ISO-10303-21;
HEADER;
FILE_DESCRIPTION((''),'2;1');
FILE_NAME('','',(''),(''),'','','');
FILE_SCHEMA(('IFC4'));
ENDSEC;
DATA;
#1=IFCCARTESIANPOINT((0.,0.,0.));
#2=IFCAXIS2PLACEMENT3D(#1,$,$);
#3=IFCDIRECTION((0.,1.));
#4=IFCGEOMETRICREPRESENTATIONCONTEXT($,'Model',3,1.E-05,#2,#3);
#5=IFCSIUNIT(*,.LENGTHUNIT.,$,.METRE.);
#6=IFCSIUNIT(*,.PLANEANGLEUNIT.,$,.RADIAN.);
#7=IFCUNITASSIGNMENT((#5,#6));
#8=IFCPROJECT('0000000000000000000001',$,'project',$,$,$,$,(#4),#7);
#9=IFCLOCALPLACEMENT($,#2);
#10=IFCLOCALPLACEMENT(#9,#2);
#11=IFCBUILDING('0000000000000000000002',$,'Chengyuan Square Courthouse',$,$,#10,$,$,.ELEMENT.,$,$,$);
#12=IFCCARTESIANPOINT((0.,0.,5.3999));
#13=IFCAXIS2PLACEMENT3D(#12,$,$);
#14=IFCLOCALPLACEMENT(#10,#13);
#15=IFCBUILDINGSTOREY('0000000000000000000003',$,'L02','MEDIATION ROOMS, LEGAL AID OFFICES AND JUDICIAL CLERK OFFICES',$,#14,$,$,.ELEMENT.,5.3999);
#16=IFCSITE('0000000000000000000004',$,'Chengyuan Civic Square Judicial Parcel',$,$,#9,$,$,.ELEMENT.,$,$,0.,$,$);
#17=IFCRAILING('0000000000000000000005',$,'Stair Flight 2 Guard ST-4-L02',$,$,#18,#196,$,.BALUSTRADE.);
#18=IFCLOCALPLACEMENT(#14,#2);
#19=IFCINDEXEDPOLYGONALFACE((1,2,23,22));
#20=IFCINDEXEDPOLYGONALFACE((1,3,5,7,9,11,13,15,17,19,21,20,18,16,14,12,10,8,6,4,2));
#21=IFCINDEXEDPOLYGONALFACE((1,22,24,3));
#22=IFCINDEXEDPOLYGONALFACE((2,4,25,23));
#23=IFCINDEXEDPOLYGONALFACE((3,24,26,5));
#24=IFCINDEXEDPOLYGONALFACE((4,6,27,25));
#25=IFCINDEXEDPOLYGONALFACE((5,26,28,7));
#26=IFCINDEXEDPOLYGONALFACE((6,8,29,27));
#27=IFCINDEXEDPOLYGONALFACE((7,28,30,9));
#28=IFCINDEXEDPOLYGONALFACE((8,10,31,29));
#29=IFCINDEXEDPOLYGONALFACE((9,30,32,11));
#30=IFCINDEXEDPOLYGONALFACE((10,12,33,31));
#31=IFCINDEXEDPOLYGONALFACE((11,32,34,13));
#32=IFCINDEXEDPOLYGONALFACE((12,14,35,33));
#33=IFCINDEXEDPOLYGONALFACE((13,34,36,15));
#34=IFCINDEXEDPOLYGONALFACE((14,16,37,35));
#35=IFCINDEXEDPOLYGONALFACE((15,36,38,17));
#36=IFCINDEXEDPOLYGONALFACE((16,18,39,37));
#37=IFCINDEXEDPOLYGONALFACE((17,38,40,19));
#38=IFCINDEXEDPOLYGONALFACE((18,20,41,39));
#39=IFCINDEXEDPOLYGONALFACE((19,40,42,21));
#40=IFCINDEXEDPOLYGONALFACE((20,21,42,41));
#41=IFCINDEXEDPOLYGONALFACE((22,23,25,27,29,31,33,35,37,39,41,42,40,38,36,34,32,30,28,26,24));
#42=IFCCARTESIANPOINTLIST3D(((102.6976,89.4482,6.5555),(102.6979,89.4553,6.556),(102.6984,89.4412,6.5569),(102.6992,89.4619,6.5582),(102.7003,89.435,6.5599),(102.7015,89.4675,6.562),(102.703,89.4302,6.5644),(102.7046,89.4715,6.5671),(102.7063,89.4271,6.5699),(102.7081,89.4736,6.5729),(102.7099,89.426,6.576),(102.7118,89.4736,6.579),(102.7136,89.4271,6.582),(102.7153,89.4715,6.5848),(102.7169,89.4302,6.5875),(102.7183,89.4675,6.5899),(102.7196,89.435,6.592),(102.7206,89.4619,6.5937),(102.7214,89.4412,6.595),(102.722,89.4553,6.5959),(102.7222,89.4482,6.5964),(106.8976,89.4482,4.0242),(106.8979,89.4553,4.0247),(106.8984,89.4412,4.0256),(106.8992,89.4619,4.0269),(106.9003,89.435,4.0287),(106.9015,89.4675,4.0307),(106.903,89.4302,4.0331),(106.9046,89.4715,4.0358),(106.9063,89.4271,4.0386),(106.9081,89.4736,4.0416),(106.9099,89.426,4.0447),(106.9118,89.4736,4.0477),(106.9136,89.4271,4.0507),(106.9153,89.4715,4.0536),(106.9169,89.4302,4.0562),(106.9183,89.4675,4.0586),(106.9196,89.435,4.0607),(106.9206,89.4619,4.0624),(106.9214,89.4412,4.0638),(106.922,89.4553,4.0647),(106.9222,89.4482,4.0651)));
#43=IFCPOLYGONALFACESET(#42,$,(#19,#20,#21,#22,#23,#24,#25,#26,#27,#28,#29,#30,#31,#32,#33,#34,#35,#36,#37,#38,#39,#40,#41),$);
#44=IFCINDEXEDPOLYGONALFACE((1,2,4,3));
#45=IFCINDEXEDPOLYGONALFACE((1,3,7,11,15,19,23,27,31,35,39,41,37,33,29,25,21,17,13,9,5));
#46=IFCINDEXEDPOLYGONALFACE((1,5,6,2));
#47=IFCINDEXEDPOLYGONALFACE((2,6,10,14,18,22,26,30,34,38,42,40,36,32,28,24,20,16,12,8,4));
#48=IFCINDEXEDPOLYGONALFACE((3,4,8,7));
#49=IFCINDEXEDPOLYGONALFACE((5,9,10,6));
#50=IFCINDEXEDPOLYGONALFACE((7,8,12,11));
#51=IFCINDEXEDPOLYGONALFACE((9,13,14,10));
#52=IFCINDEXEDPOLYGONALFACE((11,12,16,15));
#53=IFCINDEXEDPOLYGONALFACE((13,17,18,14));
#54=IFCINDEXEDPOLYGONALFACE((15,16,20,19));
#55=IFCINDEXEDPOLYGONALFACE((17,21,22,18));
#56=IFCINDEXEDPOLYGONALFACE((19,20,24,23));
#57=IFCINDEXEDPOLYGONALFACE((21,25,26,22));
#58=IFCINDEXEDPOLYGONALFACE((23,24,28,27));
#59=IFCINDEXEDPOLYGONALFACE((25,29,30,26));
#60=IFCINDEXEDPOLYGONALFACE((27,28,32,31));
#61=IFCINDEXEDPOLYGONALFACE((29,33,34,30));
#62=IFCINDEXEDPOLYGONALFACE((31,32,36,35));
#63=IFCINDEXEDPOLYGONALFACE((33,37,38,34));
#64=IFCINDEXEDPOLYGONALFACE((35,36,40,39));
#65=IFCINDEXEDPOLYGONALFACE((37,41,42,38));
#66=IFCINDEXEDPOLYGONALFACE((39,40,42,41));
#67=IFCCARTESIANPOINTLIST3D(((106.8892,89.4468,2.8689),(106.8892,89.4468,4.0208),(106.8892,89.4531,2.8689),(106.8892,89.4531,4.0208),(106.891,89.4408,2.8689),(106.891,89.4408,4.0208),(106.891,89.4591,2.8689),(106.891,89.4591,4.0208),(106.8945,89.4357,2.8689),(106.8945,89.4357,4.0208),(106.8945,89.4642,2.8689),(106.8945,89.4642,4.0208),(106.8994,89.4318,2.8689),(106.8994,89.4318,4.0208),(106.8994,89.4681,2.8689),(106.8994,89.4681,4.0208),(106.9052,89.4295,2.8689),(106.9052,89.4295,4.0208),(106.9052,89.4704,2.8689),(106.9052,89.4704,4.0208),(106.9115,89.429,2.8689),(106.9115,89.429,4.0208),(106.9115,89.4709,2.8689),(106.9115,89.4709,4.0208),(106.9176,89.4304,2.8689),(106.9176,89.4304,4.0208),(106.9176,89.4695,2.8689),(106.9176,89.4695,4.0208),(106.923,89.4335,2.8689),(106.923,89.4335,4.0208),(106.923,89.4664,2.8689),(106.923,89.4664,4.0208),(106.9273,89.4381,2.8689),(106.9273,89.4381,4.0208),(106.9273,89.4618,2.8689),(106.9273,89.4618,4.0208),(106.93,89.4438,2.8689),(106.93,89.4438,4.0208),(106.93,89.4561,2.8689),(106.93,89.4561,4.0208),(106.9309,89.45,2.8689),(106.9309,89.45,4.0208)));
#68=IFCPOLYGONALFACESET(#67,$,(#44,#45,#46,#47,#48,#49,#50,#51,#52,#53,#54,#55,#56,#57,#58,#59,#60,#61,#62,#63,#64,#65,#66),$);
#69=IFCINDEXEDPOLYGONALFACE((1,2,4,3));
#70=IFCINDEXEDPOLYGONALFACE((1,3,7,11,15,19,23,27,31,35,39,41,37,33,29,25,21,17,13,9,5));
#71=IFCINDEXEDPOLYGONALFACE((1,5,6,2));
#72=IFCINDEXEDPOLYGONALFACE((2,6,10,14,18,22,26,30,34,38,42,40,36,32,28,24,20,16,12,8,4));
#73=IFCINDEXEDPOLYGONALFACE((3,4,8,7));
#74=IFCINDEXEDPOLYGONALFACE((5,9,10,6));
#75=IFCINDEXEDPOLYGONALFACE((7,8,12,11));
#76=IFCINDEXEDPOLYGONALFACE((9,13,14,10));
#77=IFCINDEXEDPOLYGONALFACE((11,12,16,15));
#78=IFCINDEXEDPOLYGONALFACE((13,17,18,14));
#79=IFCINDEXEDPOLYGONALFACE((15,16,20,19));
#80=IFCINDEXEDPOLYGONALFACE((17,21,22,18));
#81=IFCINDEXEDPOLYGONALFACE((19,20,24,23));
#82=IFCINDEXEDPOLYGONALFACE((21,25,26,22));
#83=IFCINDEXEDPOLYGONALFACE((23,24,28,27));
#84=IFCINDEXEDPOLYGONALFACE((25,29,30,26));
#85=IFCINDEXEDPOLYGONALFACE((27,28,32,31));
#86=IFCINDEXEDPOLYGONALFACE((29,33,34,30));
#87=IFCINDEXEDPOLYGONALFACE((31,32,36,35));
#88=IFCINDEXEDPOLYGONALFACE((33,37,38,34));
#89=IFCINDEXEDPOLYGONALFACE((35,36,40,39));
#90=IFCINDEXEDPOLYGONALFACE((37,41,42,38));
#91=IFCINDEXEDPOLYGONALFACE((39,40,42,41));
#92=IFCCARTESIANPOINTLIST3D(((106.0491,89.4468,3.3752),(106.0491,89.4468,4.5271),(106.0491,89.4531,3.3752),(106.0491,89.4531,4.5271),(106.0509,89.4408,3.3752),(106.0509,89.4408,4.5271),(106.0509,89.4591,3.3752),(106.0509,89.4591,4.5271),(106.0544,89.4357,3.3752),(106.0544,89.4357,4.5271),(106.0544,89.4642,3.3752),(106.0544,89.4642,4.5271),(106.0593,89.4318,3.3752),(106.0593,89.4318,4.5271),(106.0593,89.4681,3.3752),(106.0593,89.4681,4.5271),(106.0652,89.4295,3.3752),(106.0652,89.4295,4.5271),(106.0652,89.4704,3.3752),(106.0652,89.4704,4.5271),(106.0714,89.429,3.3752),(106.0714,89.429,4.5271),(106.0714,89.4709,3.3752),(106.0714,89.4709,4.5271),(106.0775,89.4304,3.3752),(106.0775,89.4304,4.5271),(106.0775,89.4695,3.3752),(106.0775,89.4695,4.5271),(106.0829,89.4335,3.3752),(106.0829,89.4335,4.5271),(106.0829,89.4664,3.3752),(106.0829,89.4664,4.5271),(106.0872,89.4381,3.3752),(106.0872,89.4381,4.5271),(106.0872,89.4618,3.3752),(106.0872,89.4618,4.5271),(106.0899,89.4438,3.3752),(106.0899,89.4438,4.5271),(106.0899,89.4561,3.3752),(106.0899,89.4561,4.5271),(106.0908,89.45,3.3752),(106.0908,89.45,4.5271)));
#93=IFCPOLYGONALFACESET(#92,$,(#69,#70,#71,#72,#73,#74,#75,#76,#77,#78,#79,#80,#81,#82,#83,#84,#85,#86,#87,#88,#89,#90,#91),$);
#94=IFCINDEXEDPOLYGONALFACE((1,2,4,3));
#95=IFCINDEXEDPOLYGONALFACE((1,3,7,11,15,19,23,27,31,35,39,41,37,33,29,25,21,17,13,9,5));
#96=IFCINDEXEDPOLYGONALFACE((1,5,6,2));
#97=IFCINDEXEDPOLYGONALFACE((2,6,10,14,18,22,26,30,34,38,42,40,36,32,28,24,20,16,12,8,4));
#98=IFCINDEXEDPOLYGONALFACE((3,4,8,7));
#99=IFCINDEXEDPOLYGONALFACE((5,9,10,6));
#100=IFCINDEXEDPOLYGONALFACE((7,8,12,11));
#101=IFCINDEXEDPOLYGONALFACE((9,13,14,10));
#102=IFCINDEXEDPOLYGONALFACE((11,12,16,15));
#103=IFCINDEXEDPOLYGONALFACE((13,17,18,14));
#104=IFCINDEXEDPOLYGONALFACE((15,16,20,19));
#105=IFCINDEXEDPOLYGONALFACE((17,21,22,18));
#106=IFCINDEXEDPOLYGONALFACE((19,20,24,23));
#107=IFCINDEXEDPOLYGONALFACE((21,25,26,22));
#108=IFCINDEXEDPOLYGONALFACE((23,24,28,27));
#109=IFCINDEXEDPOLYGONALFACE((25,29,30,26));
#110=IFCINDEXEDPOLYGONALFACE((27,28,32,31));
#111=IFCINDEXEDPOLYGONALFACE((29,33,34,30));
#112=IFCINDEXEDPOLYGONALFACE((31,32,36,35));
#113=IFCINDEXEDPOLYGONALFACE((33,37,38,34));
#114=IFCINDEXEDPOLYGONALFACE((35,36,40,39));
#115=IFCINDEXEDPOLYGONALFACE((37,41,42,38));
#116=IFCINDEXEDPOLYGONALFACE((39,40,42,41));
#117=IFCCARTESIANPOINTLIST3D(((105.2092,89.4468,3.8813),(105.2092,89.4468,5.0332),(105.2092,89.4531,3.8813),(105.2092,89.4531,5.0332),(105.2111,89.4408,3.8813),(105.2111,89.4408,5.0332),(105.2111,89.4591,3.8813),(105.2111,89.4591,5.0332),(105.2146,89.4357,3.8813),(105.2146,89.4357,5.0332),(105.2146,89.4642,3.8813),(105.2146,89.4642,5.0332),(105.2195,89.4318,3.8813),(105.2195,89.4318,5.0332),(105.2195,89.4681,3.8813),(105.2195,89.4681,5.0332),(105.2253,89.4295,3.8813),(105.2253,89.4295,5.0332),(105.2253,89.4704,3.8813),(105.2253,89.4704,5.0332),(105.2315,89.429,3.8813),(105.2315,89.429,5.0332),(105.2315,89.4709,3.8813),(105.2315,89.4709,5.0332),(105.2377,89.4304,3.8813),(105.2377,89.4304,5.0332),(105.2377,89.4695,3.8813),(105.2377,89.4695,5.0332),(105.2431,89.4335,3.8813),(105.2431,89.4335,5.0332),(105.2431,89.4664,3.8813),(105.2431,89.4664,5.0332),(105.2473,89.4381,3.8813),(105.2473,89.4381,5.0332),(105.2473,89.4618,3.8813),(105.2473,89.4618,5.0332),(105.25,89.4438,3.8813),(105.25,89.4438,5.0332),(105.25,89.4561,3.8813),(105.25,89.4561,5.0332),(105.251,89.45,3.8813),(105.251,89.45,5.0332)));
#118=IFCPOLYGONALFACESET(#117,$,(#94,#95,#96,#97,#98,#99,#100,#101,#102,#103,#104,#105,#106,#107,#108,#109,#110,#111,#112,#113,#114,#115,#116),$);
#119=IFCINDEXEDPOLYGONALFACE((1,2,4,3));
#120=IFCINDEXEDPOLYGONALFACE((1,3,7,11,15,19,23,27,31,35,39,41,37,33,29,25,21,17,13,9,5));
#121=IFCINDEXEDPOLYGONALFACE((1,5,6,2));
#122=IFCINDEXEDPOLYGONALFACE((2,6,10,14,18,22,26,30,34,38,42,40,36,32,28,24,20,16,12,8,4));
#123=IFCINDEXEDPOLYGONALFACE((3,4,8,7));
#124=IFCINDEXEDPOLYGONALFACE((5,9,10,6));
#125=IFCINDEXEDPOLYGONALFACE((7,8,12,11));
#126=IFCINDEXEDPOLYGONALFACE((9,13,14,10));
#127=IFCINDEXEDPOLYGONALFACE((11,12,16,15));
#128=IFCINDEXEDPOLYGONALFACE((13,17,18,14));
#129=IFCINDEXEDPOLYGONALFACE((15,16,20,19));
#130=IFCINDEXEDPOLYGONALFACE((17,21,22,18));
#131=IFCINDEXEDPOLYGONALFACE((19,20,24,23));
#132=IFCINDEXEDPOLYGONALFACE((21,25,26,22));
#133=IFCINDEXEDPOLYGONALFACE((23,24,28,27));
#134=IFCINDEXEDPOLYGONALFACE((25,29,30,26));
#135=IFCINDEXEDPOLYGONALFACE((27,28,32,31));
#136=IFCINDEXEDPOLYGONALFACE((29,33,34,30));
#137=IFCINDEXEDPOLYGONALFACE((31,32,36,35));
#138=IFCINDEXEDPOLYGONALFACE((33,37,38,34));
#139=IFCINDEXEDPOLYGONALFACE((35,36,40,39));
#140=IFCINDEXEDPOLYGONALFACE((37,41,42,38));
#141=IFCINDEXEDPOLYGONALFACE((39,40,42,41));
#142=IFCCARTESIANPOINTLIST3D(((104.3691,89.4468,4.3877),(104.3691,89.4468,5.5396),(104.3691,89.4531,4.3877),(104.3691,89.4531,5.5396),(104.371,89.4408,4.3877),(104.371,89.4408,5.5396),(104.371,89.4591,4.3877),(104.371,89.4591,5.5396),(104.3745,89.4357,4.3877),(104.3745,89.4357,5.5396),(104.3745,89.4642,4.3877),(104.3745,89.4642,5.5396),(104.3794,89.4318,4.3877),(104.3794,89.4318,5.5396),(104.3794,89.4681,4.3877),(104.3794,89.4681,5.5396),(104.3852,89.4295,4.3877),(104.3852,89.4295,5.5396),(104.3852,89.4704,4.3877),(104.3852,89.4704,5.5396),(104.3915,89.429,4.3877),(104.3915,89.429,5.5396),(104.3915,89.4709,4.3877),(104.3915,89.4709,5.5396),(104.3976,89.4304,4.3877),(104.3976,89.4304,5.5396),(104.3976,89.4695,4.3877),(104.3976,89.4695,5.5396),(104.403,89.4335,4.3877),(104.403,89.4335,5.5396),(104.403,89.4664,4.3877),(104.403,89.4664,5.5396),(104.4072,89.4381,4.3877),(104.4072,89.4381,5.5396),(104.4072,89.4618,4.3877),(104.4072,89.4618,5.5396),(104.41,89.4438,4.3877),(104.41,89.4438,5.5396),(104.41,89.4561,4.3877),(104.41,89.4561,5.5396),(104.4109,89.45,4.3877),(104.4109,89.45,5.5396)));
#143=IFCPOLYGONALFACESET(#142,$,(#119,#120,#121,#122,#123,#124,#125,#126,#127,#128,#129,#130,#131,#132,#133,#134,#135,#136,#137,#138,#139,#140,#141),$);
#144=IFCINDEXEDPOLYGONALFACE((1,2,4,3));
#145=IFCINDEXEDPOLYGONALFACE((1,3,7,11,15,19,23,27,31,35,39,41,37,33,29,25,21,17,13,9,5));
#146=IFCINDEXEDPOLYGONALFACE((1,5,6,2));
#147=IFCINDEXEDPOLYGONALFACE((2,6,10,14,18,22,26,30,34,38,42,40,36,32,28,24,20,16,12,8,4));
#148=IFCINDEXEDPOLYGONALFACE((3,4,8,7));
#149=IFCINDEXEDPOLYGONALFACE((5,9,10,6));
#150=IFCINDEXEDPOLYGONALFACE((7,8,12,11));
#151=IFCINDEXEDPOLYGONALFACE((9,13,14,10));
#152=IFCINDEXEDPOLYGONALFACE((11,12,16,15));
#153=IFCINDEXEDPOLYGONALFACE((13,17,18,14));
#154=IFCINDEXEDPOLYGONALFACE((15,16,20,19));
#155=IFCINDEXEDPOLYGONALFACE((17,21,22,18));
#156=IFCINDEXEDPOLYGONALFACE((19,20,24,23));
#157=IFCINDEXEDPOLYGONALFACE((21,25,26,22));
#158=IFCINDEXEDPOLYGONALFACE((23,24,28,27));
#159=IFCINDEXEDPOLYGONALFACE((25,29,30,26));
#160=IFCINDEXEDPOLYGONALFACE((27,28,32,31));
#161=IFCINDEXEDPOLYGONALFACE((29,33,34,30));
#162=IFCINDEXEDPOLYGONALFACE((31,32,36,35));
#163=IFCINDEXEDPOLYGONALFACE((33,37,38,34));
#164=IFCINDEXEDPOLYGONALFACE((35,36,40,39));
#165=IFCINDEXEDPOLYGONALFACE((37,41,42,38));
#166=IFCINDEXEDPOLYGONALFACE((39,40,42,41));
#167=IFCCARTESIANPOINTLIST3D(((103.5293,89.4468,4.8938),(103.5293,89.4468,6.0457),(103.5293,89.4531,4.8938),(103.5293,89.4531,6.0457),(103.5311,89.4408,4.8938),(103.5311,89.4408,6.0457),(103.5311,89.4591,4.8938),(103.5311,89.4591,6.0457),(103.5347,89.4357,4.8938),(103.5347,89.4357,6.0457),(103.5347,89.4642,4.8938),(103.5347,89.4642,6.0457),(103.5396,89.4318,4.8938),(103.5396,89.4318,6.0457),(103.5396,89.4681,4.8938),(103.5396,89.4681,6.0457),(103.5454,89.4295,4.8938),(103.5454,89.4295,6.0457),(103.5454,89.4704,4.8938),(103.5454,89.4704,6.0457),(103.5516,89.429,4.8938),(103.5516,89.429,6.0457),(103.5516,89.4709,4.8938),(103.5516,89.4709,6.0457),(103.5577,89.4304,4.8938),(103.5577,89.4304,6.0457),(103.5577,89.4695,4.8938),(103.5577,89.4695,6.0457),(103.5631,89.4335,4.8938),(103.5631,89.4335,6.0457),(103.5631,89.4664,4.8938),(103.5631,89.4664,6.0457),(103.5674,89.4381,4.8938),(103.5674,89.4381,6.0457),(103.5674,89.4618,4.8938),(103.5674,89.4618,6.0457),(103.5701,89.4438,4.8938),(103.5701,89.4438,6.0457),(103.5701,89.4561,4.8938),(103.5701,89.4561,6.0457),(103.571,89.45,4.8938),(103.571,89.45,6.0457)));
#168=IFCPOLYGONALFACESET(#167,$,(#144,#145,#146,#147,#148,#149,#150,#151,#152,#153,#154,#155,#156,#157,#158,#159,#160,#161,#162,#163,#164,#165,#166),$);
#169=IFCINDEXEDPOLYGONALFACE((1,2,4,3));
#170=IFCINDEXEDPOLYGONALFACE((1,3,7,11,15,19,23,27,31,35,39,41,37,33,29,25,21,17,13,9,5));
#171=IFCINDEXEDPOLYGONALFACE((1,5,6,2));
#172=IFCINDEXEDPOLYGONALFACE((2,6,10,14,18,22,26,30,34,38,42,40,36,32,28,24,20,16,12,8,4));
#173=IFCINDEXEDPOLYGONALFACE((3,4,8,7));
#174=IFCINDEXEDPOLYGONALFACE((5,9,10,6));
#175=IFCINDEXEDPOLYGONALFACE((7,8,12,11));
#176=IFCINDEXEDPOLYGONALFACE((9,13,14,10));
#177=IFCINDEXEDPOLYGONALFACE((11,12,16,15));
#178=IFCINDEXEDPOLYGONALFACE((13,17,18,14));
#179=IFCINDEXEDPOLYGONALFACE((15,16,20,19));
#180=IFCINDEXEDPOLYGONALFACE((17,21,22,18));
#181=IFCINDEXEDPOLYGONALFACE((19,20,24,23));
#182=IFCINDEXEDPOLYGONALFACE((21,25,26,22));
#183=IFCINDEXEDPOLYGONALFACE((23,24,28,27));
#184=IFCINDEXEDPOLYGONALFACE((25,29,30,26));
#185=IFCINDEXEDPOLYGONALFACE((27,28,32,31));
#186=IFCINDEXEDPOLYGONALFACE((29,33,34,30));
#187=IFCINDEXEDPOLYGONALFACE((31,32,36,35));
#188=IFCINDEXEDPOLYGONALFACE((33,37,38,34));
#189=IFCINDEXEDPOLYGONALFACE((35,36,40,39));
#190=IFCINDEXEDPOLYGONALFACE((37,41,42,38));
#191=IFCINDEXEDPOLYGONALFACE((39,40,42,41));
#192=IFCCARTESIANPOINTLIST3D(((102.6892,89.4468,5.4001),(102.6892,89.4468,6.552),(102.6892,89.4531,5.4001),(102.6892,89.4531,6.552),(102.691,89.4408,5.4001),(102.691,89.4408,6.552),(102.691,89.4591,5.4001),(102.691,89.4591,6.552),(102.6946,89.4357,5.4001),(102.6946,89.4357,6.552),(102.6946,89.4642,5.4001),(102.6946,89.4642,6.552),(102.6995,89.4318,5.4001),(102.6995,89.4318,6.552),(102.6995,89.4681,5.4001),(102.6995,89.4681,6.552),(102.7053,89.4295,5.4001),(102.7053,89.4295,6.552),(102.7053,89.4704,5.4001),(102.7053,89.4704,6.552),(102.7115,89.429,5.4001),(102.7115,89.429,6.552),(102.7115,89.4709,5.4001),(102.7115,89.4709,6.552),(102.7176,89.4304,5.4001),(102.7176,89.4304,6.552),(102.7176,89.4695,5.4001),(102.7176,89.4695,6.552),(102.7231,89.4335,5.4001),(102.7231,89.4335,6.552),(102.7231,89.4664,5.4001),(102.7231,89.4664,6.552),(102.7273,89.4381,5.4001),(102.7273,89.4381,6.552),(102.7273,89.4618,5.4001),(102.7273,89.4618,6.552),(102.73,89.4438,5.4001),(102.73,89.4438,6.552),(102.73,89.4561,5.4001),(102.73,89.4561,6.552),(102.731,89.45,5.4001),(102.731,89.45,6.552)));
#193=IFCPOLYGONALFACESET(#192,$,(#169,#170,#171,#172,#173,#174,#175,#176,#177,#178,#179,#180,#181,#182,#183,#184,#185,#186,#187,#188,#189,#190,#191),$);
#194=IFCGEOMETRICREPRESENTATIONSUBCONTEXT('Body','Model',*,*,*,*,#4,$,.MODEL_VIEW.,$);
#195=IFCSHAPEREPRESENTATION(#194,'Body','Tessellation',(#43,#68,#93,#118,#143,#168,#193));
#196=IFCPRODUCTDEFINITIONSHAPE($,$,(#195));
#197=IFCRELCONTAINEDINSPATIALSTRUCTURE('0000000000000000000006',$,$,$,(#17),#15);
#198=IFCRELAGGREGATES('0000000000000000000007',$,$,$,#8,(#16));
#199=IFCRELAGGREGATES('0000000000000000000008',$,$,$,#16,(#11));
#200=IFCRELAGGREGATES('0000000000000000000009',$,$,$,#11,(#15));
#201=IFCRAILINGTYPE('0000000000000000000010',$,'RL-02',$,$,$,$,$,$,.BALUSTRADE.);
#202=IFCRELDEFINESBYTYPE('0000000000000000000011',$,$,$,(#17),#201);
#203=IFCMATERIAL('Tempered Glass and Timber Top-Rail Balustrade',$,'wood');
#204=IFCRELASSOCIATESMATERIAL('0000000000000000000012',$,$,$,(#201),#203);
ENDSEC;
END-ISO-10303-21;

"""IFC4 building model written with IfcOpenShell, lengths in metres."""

from ifc_helpers import new_model, si_unit, direction, frame, origin, origin_2d, place, context, subcontext, project, spatial, circle, extrude, material, type_object, element, save


model = new_model("IFC4")

# Units and contexts
model_context = context("Model", 3, precision=1e-05, world=origin(), true_north=direction((0.0, 1.0)))
body_context = subcontext(model_context, "Body", "Model", "MODEL_VIEW")
ifc_project = project(units=[si_unit("LENGTHUNIT", "METRE"), si_unit("PLANEANGLEUNIT", "RADIAN")], contexts=[model_context])

# Site, building, storey
site_placement = place(None, origin())
site = spatial("IfcSite", under=ifc_project, at=site_placement, Name="Chengyuan Civic Square Judicial Parcel", CompositionType="ELEMENT", RefElevation=0.0)
building_placement = place(site_placement, origin())
building = spatial("IfcBuilding", under=site, at=building_placement, Name="Chengyuan Square Courthouse", CompositionType="ELEMENT")
storey_placement = place(building_placement, frame((0.0, 0.0, 5.3999)))
storey = spatial("IfcBuildingStorey", under=building, at=storey_placement, Name="L02", Description="MEDIATION ROOMS, LEGAL AID OFFICES AND JUDICIAL CLERK OFFICES", CompositionType="ELEMENT", Elevation=5.3999)

# Railing
ifc_material_1 = material(Name="Tempered Glass and Timber Top-Rail Balustrade", Category="wood")
railing_type_1 = type_object("IfcRailingType", Name="RL-02", PredefinedType="BALUSTRADE", material=ifc_material_1)
railing_1_placement = place(storey_placement, frame((106.9099, 89.45, 2.8689)))
element("IfcRailing", 1, at=railing_1_placement, inside=storey, type_object=railing_type_1, Name="Stair Flight 2 Guard ST-4-L02", PredefinedType="BALUSTRADE", context=body_context, shape_type="SweptSolid", body=[
    extrude(circle(Radius=0.0239, at=origin_2d()), frame((0.0, 0.0, 1.1758), z_axis=(-0.856476, 0.0, 0.516186), x_axis=(0.0, -1.0, 0.0)), (0.0, 0.0, 1.0), 4.9038),
    extrude(circle(Radius=0.021, at=origin_2d()), origin(), (0.0, 0.0, 1.0), 1.1519),
    extrude(circle(Radius=0.021, at=origin_2d()), frame((-0.8401, 0.0, 0.5063)), (0.0, 0.0, 1.0), 1.1519),
    extrude(circle(Radius=0.021, at=origin_2d()), frame((-1.6799, 0.0, 1.0125)), (0.0, 0.0, 1.0), 1.1519),
    extrude(circle(Radius=0.021, at=origin_2d()), frame((-2.52, 0.0, 1.5188)), (0.0, 0.0, 1.0), 1.1519),
    extrude(circle(Radius=0.021, at=origin_2d()), frame((-3.3599, 0.0, 2.0249)), (0.0, 0.0, 1.0), 1.1519),
    extrude(circle(Radius=0.021, at=origin_2d()), frame((-4.2, 0.0, 2.5312)), (0.0, 0.0, 1.0), 1.1519),
])

save(model, "model.ifc")
